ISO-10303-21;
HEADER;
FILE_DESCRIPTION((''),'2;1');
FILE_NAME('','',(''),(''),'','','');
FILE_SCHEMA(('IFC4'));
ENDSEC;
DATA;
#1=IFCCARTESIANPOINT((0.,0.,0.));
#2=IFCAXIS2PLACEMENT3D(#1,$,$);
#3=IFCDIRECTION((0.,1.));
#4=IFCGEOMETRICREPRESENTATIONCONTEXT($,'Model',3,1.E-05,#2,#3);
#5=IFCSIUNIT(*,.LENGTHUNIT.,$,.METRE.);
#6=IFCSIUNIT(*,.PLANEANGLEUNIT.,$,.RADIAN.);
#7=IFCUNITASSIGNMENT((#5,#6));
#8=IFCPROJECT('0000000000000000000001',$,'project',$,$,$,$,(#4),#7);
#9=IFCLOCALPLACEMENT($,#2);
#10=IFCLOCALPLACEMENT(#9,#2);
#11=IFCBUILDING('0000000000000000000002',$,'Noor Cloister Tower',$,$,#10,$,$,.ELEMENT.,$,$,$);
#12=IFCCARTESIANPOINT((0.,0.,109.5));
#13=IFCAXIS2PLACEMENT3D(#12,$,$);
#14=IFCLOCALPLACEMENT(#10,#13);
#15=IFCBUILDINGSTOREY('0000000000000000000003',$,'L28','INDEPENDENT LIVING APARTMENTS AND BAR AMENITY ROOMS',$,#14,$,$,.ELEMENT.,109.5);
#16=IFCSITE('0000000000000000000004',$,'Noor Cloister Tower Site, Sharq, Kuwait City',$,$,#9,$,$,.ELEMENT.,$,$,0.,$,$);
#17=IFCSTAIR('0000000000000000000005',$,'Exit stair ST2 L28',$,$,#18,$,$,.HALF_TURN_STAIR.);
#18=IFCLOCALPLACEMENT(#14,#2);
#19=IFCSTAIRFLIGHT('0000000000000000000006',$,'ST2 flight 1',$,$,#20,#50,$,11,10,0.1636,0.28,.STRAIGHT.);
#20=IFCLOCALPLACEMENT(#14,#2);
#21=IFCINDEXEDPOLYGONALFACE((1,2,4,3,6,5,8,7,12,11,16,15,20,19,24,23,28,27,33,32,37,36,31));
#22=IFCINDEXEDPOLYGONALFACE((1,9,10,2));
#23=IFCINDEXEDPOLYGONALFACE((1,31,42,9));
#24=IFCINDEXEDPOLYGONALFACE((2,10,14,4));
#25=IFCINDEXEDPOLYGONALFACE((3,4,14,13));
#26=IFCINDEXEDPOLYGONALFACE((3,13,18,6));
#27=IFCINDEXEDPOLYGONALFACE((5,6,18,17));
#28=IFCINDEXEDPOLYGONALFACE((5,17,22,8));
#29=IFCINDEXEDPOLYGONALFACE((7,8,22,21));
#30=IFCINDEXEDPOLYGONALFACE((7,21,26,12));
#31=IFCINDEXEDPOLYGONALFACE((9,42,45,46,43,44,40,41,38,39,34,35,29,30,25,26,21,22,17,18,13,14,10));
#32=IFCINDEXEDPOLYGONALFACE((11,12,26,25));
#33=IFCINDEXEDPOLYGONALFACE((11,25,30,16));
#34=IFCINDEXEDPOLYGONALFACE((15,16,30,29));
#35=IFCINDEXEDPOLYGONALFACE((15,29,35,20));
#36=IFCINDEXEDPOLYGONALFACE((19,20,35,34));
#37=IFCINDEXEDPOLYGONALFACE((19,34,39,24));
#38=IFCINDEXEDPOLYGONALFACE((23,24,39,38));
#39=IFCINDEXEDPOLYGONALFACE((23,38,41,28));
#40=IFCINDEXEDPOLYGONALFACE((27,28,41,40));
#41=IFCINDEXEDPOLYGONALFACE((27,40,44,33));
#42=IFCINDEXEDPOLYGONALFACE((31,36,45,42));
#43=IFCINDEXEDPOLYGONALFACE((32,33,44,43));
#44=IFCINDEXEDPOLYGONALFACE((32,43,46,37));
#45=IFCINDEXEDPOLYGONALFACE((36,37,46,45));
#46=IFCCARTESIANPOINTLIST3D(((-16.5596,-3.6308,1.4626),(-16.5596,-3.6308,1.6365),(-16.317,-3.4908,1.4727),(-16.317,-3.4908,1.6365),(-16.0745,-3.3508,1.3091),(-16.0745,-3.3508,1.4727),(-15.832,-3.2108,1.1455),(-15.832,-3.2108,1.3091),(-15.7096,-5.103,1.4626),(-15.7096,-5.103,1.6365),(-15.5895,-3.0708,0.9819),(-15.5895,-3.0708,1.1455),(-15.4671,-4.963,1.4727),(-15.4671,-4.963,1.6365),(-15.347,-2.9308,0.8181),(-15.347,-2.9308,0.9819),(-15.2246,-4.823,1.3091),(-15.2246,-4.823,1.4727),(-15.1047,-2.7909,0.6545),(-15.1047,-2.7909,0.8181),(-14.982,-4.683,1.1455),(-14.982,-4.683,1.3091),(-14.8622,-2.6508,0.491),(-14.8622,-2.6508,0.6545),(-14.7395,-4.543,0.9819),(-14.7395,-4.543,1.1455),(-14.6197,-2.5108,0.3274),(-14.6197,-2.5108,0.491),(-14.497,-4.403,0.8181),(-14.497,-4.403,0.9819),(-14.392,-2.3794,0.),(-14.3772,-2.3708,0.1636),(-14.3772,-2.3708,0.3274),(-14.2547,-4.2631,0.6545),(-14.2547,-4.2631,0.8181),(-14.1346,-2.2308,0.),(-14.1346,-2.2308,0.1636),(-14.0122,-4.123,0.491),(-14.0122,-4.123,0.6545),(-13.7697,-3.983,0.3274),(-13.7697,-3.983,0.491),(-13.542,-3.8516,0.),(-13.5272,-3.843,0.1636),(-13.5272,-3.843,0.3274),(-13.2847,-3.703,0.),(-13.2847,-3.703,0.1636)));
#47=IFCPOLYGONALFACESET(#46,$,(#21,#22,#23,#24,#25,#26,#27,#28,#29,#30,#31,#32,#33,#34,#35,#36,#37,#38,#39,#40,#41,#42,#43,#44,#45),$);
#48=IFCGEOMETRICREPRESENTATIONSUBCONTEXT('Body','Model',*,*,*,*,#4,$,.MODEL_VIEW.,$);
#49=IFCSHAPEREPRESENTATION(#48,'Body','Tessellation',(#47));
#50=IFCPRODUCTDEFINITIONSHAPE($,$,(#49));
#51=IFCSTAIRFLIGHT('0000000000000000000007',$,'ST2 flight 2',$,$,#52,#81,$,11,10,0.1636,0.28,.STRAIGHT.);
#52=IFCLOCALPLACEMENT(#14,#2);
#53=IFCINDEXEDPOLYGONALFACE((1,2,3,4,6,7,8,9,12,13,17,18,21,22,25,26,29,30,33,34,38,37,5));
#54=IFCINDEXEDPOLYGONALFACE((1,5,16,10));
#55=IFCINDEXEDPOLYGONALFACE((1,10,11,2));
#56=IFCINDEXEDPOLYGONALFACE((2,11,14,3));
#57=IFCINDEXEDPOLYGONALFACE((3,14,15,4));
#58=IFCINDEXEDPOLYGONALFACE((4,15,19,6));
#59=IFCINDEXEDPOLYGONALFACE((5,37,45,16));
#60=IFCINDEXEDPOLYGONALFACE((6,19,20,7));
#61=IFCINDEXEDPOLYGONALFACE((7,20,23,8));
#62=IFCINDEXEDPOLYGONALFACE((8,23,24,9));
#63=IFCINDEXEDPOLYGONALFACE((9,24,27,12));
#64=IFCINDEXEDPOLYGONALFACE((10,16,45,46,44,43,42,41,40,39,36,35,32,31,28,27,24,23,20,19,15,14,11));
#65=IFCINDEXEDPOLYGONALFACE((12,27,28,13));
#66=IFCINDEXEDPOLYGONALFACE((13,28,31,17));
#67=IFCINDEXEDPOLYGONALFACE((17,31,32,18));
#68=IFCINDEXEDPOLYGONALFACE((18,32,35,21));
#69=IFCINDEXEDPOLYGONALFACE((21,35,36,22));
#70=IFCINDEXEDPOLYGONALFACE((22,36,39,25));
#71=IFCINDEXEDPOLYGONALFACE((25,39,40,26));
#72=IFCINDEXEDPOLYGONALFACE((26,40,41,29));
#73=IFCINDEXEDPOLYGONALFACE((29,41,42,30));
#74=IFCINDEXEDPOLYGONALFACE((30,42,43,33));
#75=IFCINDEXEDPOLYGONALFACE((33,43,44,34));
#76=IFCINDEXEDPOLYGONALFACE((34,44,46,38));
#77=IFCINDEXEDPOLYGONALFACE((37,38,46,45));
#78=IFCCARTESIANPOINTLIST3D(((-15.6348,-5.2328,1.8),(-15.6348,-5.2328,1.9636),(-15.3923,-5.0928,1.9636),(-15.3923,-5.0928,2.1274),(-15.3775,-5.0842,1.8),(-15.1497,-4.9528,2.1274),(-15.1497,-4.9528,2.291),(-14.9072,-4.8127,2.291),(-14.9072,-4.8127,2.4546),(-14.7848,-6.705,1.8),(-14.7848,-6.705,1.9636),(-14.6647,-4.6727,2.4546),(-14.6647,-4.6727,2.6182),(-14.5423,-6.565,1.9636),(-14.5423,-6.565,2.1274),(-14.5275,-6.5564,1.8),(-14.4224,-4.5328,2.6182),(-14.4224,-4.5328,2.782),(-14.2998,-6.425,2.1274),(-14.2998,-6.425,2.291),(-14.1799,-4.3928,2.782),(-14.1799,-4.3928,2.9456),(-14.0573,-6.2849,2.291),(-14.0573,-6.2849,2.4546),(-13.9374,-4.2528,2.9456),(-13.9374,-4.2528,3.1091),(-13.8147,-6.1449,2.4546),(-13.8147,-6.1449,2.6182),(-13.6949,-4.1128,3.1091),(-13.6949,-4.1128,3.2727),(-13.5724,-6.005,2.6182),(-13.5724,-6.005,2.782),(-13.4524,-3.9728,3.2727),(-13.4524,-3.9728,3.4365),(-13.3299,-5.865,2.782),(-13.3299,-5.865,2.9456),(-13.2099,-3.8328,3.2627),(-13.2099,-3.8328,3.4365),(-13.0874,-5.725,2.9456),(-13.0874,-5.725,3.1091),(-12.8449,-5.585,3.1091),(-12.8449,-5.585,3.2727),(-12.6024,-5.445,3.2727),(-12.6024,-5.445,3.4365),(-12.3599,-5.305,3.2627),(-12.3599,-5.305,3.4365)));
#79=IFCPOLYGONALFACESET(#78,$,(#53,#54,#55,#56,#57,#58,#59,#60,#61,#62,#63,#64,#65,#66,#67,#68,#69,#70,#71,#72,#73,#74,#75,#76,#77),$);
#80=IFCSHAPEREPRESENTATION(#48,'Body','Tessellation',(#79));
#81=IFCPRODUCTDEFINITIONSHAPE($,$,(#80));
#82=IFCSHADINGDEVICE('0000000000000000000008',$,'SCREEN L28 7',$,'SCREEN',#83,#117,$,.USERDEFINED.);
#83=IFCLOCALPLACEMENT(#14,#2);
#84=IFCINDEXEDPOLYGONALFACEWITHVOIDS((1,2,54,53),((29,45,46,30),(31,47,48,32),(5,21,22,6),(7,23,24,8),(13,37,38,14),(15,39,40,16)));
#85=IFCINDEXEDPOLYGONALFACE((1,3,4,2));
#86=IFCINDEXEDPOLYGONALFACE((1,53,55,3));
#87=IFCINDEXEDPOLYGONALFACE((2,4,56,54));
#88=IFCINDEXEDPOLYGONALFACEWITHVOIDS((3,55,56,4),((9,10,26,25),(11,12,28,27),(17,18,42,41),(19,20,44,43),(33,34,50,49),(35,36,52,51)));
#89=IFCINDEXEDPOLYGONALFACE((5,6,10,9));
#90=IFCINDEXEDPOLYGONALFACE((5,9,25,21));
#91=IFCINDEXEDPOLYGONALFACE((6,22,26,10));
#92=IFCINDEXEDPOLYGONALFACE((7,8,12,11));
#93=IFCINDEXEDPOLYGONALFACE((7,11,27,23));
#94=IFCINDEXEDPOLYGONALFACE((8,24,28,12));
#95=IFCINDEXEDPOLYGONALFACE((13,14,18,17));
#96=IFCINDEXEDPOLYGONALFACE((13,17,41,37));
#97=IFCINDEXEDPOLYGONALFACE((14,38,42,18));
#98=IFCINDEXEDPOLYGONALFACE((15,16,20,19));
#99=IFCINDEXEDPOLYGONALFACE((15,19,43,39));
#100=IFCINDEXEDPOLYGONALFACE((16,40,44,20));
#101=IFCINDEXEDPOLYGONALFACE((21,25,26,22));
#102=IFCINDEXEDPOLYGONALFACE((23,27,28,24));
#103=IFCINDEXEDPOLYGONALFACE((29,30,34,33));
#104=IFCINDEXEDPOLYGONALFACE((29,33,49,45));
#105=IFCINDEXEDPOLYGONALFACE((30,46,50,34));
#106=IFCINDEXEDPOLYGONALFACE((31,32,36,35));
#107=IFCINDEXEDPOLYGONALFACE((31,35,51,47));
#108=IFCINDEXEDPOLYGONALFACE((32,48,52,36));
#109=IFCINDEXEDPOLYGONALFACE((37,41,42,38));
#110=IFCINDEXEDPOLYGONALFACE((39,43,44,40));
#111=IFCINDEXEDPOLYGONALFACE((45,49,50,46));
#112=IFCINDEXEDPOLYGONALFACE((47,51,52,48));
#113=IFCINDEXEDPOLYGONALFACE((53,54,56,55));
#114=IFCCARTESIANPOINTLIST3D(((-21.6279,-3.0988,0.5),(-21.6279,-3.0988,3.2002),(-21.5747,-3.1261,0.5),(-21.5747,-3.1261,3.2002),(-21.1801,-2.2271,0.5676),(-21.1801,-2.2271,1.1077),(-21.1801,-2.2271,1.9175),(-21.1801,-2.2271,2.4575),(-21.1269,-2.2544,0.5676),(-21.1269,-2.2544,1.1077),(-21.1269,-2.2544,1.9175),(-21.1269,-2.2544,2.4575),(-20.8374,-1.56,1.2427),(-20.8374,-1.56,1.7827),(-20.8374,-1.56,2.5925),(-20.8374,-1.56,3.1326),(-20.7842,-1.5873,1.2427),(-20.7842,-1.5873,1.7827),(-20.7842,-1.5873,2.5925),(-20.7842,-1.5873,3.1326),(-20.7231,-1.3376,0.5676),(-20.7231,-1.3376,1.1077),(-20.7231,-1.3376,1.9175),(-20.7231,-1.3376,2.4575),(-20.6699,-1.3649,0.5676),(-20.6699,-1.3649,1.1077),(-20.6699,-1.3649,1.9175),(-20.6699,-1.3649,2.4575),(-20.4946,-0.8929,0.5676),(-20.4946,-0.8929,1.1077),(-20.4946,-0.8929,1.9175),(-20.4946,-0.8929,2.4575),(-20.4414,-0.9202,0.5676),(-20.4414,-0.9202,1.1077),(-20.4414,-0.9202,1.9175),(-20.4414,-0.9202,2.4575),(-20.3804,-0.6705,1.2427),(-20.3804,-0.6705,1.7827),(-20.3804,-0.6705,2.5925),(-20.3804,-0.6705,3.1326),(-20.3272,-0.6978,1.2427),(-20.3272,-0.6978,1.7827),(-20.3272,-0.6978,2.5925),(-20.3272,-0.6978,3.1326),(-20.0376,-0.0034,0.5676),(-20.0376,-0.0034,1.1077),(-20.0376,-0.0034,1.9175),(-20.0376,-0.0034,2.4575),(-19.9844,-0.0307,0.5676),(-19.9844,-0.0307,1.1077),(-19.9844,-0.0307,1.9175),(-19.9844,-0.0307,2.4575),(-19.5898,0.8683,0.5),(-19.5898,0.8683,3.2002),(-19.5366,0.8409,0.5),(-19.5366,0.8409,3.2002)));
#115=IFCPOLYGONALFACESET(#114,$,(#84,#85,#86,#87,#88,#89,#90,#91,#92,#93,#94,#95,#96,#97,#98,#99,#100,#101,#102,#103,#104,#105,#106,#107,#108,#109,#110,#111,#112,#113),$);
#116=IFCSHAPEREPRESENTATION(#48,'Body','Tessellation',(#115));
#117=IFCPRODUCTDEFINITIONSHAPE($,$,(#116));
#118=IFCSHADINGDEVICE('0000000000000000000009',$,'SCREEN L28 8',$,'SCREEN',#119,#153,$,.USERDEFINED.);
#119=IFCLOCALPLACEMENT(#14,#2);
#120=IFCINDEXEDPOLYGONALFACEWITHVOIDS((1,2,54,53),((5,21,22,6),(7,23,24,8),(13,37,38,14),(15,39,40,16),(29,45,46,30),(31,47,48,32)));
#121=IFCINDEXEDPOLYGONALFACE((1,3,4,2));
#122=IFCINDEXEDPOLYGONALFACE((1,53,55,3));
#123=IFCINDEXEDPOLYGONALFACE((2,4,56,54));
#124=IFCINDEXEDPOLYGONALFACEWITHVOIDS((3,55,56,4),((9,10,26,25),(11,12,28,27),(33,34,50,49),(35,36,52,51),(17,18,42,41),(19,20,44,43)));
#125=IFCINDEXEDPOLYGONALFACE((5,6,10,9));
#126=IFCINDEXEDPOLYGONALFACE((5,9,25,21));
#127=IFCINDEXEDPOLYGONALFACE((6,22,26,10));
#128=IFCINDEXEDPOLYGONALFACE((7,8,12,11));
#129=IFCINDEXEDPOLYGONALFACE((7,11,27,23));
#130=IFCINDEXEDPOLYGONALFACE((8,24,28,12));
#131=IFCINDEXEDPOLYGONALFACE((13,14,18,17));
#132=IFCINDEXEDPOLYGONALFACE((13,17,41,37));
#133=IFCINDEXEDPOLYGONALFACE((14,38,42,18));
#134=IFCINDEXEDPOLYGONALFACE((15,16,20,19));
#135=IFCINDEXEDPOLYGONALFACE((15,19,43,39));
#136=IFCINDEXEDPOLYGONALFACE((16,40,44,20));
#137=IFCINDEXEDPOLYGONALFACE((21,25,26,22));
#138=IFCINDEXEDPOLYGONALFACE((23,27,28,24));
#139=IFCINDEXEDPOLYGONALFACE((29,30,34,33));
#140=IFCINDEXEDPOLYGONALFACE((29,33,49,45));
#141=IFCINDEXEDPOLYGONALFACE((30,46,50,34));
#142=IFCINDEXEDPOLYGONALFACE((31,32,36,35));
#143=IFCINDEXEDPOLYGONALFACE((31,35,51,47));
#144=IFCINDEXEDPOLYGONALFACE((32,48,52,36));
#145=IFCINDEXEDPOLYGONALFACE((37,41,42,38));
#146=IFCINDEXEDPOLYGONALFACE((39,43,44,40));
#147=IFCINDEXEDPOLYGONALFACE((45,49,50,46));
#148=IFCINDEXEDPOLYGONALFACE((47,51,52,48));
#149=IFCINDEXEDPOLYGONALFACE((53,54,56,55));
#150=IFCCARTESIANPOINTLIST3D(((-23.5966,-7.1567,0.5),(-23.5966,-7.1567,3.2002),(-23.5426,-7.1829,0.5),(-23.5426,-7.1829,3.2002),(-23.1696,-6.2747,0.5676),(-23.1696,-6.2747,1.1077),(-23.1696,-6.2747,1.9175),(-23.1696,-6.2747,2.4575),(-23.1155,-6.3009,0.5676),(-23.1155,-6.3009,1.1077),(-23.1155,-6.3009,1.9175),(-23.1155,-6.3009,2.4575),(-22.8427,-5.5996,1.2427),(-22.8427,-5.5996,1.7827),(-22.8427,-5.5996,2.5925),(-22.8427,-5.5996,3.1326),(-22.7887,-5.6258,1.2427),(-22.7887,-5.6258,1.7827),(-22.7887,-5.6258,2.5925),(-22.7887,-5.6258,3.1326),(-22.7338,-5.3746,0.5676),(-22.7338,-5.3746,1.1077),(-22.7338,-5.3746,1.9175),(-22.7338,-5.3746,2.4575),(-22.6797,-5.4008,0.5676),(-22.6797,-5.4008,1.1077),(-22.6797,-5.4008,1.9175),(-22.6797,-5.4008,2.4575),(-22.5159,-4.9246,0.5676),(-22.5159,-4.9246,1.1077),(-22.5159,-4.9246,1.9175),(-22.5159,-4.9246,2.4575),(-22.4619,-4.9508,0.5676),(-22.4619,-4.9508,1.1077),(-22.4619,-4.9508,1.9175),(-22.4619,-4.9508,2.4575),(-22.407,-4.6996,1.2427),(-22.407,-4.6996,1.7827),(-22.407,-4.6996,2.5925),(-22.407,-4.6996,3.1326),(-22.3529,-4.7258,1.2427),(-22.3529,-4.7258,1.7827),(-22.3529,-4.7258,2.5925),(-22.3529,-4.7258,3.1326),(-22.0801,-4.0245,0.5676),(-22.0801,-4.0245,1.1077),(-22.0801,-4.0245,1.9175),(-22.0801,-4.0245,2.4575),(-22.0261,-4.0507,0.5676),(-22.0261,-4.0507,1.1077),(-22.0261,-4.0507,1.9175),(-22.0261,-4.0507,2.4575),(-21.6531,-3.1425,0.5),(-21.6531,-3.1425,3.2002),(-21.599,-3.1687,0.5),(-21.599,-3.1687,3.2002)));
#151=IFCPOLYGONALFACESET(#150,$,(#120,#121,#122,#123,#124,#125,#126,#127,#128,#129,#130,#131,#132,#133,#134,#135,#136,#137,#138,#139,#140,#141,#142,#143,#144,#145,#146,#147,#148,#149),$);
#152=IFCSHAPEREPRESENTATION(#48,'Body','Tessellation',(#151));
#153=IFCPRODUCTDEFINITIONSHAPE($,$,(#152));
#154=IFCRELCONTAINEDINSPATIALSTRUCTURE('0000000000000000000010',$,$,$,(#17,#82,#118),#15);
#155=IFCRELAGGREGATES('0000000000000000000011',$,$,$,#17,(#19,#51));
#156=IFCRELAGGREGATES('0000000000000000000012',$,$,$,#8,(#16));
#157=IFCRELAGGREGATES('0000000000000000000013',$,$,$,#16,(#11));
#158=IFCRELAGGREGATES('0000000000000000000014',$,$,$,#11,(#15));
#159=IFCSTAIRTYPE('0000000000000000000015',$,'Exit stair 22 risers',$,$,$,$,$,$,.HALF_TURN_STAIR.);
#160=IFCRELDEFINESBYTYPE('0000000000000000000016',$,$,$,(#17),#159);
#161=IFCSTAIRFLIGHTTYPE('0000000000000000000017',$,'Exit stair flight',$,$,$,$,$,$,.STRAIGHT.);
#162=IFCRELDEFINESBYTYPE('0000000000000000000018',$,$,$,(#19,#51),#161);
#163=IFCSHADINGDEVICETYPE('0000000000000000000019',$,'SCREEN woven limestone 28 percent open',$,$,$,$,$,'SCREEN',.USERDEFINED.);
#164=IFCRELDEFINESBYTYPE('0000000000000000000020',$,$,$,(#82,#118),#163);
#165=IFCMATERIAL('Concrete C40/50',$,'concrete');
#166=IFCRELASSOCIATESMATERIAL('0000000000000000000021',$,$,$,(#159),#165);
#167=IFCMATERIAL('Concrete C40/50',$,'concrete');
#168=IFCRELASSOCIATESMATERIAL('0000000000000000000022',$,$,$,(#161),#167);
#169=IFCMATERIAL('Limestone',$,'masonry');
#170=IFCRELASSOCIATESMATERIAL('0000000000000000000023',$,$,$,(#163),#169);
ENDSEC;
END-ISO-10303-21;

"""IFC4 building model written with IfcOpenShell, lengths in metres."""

from ifc_helpers import new_model, si_unit, direction, frame, origin, place, context, subcontext, project, spatial, polyline, outline, extrude, material, material_profile, profile_set, type_object, element, aggregate, save


model = new_model("IFC4")

# Units and contexts
model_context = context("Model", 3, precision=1e-05, world=origin(), true_north=direction((0.0, 1.0)))
body_context = subcontext(model_context, "Body", "Model", "MODEL_VIEW")
ifc_project = project(units=[si_unit("LENGTHUNIT", "METRE"), si_unit("PLANEANGLEUNIT", "RADIAN")], contexts=[model_context])

# Site, building, storey
site_placement = place(None, origin())
site = spatial("IfcSite", under=ifc_project, at=site_placement, Name="Noor Cloister Tower Site, Sharq, Kuwait City", CompositionType="ELEMENT", RefElevation=0.0)
building_placement = place(site_placement, origin())
building = spatial("IfcBuilding", under=site, at=building_placement, Name="Noor Cloister Tower", CompositionType="ELEMENT")
storey_placement = place(building_placement, frame((0.0, 0.0, 109.5)))
storey = spatial("IfcBuildingStorey", under=building, at=storey_placement, Name="L28", Description="INDEPENDENT LIVING APARTMENTS AND BAR AMENITY ROOMS", CompositionType="ELEMENT", Elevation=109.5)

# Stair, stair flights
ifc_material_1 = material(Name="Concrete C40/50", Category="concrete")
stair_type = type_object("IfcStairType", Name="Exit stair 22 risers", PredefinedType="HALF_TURN_STAIR", material=ifc_material_1)
stair_placement = place(storey_placement, origin())
stair = element("IfcStair", 1, at=stair_placement, inside=storey, type_object=stair_type, Name="Exit stair ST2 L28", PredefinedType="HALF_TURN_STAIR")
ifc_material_2 = material(Name="Concrete C40/50", Category="concrete")
stair_flight_type = type_object("IfcStairFlightType", Name="Exit stair flight", PredefinedType="STRAIGHT", material=ifc_material_2)
stair_flight_1_placement = place(storey_placement, frame((-13.7097, -2.9668, 0.0), z_axis=(0.0, 0.0, 1.0), x_axis=(-0.866025, -0.5, 0.0)))
stair_flight_1 = element("IfcStairFlight", 2, at=stair_flight_1_placement, type_object=stair_flight_type, Name="ST2 flight 1", NumberOfRisers=11, NumberOfTreads=10, PredefinedType="STRAIGHT", RiserHeight=0.1636, TreadLength=0.28, context=body_context, shape_type="SweptSolid", body=[
    extrude(outline(polyline([(0.0, 0.0), (0.0, 0.1636), (0.28, 0.1636), (0.28, 0.3274), (0.5601, 0.3274), (0.5601, 0.491), (0.8401, 0.491), (0.8401, 0.6545), (1.1201, 0.6545), (1.1201, 0.8181), (1.3999, 0.8181), (1.3999, 0.9819), (1.6799, 0.9819), (1.6799, 1.1455), (1.96, 1.1455), (1.96, 1.3091), (2.24, 1.3091), (2.24, 1.4727), (2.52, 1.4727), (2.52, 1.6365), (2.8, 1.6365), (2.8, 1.8), (2.8, 1.4626), (0.2971, 0.0), (0.0, 0.0)])), frame((0.0, 0.8501, 0.0), z_axis=(0.0, -1.0, 0.0), x_axis=(1.0, 0.0, 0.0)), (0.0, 0.0, 1.0), 1.7),
])
stair_flight_2_placement = place(storey_placement, frame((-15.2097, -5.969, 1.8), z_axis=(0.0, 0.0, 1.0), x_axis=(0.866025, 0.5, 0.0)))
stair_flight_2 = element("IfcStairFlight", 3, at=stair_flight_2_placement, type_object=stair_flight_type, Name="ST2 flight 2", NumberOfRisers=11, NumberOfTreads=10, PredefinedType="STRAIGHT", RiserHeight=0.1636, TreadLength=0.28, context=body_context, shape_type="SweptSolid", body=[
    extrude(outline(polyline([(0.0, 0.0), (0.0, 0.1636), (0.28, 0.1636), (0.28, 0.3274), (0.5601, 0.3274), (0.5601, 0.491), (0.8401, 0.491), (0.8401, 0.6545), (1.1201, 0.6545), (1.1201, 0.8181), (1.3999, 0.8181), (1.3999, 0.9819), (1.6799, 0.9819), (1.6799, 1.1455), (1.96, 1.1455), (1.96, 1.3091), (2.24, 1.3091), (2.24, 1.4727), (2.52, 1.4727), (2.52, 1.6365), (2.8, 1.6365), (2.8, 1.8), (2.8, 1.4626), (0.2971, 0.0), (0.0, 0.0)])), frame((0.0, 0.8501, 0.0), z_axis=(0.0, -1.0, 0.0), x_axis=(1.0, 0.0, 0.0)), (0.0, 0.0, 1.0), 1.7),
])
aggregate(stair, [stair_flight_1, stair_flight_2])

# Shading devices
ifc_material_3 = material(Name="Limestone", Category="masonry")
ifc_material_profile_1 = material_profile(ifc_material_3, outline(polyline([(-2.23, -1.3501), (2.23, -1.3501), (2.23, 1.3501), (-2.23, 1.3501), (-2.23, -1.3501)]), holes=[polyline([(-1.25, -1.2825), (-0.25, -1.2825), (-0.25, -0.7424), (-1.25, -0.7424), (-1.25, -1.2825)]), polyline([(0.25, -1.2825), (1.25, -1.2825), (1.25, -0.7424), (0.25, -0.7424), (0.25, -1.2825)]), polyline([(-0.5, -0.6074), (0.5, -0.6074), (0.5, -0.0674), (-0.5, -0.0674), (-0.5, -0.6074)]), polyline([(-1.25, 0.0674), (-0.25, 0.0674), (-0.25, 0.6074), (-1.25, 0.6074), (-1.25, 0.0674)]), polyline([(0.25, 0.0674), (1.25, 0.0674), (1.25, 0.6074), (0.25, 0.6074), (0.25, 0.0674)]), polyline([(-0.5, 0.7424), (0.5, 0.7424), (0.5, 1.2825), (-0.5, 1.2825), (-0.5, 0.7424)])]), Name="Woven screen 28 percent open")
ifc_profile_set_1 = profile_set([ifc_material_profile_1], Name="Limestone")
shading_device_type = type_object("IfcShadingDeviceType", Name="SCREEN woven limestone 28 percent open", ElementType="SCREEN", PredefinedType="USERDEFINED", material=ifc_profile_set_1)
shading_device_1_placement = place(storey_placement, frame((-20.5557, -1.1426, 1.8501), z_axis=(-0.889477, 0.456979, 0.0), x_axis=(-0.456979, -0.889477, 0.0)))
element("IfcShadingDevice", 4, at=shading_device_1_placement, inside=storey, type_object=shading_device_type, Name="SCREEN L28 7", ObjectType="SCREEN", PredefinedType="USERDEFINED", context=body_context, shape_type="SweptSolid", body=[
    extrude(outline(polyline([(-2.23, -1.3501), (2.23, -1.3501), (2.23, 1.3501), (-2.23, 1.3501), (-2.23, -1.3501)]), holes=[polyline([(-1.25, -1.2825), (-0.25, -1.2825), (-0.25, -0.7424), (-1.25, -0.7424), (-1.25, -1.2825)]), polyline([(0.25, -1.2825), (1.25, -1.2825), (1.25, -0.7424), (0.25, -0.7424), (0.25, -1.2825)]), polyline([(-0.5, -0.6074), (0.5, -0.6074), (0.5, -0.0674), (-0.5, -0.0674), (-0.5, -0.6074)]), polyline([(-1.25, 0.0674), (-0.25, 0.0674), (-0.25, 0.6074), (-1.25, 0.6074), (-1.25, 0.0674)]), polyline([(0.25, 0.0674), (1.25, 0.0674), (1.25, 0.6074), (0.25, 0.6074), (0.25, 0.0674)]), polyline([(-0.5, 0.7424), (0.5, 0.7424), (0.5, 1.2825), (-0.5, 1.2825), (-0.5, 0.7424)])]), origin(), (0.0, 0.0, 1.0), 0.0598),
])
shading_device_2_placement = place(storey_placement, frame((-22.5708, -5.1758, 1.8501), z_axis=(-0.900056, 0.435774, 0.0), x_axis=(-0.435774, -0.900056, 0.0)))
element("IfcShadingDevice", 5, at=shading_device_2_placement, inside=storey, type_object=shading_device_type, Name="SCREEN L28 8", ObjectType="SCREEN", PredefinedType="USERDEFINED", context=body_context, shape_type="SweptSolid", body=[
    extrude(outline(polyline([(-2.23, -1.3501), (2.23, -1.3501), (2.23, 1.3501), (-2.23, 1.3501), (-2.23, -1.3501)]), holes=[polyline([(-1.25, -1.2825), (-0.25, -1.2825), (-0.25, -0.7424), (-1.25, -0.7424), (-1.25, -1.2825)]), polyline([(0.25, -1.2825), (1.25, -1.2825), (1.25, -0.7424), (0.25, -0.7424), (0.25, -1.2825)]), polyline([(-0.5, -0.6074), (0.5, -0.6074), (0.5, -0.0674), (-0.5, -0.0674), (-0.5, -0.6074)]), polyline([(-1.25, 0.0674), (-0.25, 0.0674), (-0.25, 0.6074), (-1.25, 0.6074), (-1.25, 0.0674)]), polyline([(0.25, 0.0674), (1.25, 0.0674), (1.25, 0.6074), (0.25, 0.6074), (0.25, 0.0674)]), polyline([(-0.5, 0.7424), (0.5, 0.7424), (0.5, 1.2825), (-0.5, 1.2825), (-0.5, 0.7424)])]), origin(), (0.0, 0.0, 1.0), 0.0601),
])

save(model, "model.ifc")
